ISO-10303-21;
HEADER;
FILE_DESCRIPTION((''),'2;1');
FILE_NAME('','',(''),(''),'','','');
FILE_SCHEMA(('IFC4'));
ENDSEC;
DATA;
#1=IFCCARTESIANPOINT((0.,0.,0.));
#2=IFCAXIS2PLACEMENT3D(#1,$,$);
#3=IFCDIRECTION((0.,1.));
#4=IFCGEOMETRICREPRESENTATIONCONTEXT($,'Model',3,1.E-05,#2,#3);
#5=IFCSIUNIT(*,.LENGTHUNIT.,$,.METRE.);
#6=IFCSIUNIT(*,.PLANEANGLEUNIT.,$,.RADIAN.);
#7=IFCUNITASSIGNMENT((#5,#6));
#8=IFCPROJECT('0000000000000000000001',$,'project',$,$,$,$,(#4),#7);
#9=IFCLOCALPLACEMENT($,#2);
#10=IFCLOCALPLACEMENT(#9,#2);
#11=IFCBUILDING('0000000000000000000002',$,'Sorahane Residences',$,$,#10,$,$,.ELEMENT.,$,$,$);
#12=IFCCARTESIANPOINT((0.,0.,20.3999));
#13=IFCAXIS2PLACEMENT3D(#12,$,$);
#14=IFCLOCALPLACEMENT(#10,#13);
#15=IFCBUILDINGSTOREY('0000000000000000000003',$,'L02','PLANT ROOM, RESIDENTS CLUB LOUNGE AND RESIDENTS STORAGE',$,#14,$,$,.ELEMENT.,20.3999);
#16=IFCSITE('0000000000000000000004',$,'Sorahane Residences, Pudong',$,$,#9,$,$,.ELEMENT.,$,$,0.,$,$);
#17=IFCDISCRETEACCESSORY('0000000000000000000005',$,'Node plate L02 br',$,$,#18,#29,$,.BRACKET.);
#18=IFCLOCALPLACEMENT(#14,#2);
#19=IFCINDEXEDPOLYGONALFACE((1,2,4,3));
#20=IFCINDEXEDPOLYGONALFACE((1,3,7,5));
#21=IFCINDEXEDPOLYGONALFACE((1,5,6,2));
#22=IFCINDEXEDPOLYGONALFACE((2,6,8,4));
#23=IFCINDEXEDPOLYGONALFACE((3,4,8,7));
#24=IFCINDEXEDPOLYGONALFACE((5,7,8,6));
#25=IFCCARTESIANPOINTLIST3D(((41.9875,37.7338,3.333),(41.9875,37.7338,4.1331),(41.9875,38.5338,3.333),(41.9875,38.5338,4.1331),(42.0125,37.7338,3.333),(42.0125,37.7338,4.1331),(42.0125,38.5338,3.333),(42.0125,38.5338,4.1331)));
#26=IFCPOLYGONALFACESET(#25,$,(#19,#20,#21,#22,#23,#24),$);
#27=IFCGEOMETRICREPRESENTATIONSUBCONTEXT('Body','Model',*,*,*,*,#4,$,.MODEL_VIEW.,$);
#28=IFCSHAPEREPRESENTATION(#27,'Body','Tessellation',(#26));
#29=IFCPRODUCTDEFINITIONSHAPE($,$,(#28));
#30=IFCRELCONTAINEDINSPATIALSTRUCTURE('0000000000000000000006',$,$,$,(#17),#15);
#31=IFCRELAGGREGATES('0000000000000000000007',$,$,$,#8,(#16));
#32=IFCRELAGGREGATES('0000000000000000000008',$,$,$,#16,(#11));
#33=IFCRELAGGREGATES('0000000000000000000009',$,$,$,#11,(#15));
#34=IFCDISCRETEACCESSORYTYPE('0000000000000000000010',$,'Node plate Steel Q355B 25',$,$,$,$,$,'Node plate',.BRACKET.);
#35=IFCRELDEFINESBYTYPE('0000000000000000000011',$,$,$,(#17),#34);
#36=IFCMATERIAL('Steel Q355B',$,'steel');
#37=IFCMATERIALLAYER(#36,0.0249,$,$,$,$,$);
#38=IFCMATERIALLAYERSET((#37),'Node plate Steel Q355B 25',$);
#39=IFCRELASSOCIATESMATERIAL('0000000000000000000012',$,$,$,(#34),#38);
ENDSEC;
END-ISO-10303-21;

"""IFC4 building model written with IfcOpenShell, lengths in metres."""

from ifc_helpers import new_model, si_unit, direction, frame, origin, origin_2d, place, context, subcontext, project, spatial, rectangle, extrude, material, layer, layer_set, type_object, element, save


model = new_model("IFC4")

# Units and contexts
model_context = context("Model", 3, precision=1e-05, world=origin(), true_north=direction((0.0, 1.0)))
body_context = subcontext(model_context, "Body", "Model", "MODEL_VIEW")
ifc_project = project(units=[si_unit("LENGTHUNIT", "METRE"), si_unit("PLANEANGLEUNIT", "RADIAN")], contexts=[model_context])

# Site, building, storey
site_placement = place(None, origin())
site = spatial("IfcSite", under=ifc_project, at=site_placement, Name="Sorahane Residences, Pudong", CompositionType="ELEMENT", RefElevation=0.0)
building_placement = place(site_placement, origin())
building = spatial("IfcBuilding", under=site, at=building_placement, Name="Sorahane Residences", CompositionType="ELEMENT")
storey_placement = place(building_placement, frame((0.0, 0.0, 20.3999)))
storey = spatial("IfcBuildingStorey", under=building, at=storey_placement, Name="L02", Description="PLANT ROOM, RESIDENTS CLUB LOUNGE AND RESIDENTS STORAGE", CompositionType="ELEMENT", Elevation=20.3999)

# Discrete accessory
ifc_material_1 = material(Name="Steel Q355B", Category="steel")
ifc_layer_1 = layer(ifc_material_1, 0.0249)
ifc_layer_set_1 = layer_set([ifc_layer_1], Name="Node plate Steel Q355B 25")
discrete_accessory_type_1 = type_object("IfcDiscreteAccessoryType", Name="Node plate Steel Q355B 25", ElementType="Node plate", PredefinedType="BRACKET", material=ifc_layer_set_1)
discrete_accessory_placement = place(storey_placement, frame((42.0, 38.1338, 3.333), z_axis=(0.0, 0.0, 1.0), x_axis=(0.0, 1.0, 0.0)))
element("IfcDiscreteAccessory", 1, at=discrete_accessory_placement, inside=storey, type_object=discrete_accessory_type_1, Name="Node plate L02 br", PredefinedType="BRACKET", context=body_context, shape_type="SweptSolid", body=[
    extrude(rectangle(XDim=0.8, YDim=0.0249, at=origin_2d()), origin(), (0.0, 0.0, 1.0), 0.8),
])

save(model, "model.ifc")
